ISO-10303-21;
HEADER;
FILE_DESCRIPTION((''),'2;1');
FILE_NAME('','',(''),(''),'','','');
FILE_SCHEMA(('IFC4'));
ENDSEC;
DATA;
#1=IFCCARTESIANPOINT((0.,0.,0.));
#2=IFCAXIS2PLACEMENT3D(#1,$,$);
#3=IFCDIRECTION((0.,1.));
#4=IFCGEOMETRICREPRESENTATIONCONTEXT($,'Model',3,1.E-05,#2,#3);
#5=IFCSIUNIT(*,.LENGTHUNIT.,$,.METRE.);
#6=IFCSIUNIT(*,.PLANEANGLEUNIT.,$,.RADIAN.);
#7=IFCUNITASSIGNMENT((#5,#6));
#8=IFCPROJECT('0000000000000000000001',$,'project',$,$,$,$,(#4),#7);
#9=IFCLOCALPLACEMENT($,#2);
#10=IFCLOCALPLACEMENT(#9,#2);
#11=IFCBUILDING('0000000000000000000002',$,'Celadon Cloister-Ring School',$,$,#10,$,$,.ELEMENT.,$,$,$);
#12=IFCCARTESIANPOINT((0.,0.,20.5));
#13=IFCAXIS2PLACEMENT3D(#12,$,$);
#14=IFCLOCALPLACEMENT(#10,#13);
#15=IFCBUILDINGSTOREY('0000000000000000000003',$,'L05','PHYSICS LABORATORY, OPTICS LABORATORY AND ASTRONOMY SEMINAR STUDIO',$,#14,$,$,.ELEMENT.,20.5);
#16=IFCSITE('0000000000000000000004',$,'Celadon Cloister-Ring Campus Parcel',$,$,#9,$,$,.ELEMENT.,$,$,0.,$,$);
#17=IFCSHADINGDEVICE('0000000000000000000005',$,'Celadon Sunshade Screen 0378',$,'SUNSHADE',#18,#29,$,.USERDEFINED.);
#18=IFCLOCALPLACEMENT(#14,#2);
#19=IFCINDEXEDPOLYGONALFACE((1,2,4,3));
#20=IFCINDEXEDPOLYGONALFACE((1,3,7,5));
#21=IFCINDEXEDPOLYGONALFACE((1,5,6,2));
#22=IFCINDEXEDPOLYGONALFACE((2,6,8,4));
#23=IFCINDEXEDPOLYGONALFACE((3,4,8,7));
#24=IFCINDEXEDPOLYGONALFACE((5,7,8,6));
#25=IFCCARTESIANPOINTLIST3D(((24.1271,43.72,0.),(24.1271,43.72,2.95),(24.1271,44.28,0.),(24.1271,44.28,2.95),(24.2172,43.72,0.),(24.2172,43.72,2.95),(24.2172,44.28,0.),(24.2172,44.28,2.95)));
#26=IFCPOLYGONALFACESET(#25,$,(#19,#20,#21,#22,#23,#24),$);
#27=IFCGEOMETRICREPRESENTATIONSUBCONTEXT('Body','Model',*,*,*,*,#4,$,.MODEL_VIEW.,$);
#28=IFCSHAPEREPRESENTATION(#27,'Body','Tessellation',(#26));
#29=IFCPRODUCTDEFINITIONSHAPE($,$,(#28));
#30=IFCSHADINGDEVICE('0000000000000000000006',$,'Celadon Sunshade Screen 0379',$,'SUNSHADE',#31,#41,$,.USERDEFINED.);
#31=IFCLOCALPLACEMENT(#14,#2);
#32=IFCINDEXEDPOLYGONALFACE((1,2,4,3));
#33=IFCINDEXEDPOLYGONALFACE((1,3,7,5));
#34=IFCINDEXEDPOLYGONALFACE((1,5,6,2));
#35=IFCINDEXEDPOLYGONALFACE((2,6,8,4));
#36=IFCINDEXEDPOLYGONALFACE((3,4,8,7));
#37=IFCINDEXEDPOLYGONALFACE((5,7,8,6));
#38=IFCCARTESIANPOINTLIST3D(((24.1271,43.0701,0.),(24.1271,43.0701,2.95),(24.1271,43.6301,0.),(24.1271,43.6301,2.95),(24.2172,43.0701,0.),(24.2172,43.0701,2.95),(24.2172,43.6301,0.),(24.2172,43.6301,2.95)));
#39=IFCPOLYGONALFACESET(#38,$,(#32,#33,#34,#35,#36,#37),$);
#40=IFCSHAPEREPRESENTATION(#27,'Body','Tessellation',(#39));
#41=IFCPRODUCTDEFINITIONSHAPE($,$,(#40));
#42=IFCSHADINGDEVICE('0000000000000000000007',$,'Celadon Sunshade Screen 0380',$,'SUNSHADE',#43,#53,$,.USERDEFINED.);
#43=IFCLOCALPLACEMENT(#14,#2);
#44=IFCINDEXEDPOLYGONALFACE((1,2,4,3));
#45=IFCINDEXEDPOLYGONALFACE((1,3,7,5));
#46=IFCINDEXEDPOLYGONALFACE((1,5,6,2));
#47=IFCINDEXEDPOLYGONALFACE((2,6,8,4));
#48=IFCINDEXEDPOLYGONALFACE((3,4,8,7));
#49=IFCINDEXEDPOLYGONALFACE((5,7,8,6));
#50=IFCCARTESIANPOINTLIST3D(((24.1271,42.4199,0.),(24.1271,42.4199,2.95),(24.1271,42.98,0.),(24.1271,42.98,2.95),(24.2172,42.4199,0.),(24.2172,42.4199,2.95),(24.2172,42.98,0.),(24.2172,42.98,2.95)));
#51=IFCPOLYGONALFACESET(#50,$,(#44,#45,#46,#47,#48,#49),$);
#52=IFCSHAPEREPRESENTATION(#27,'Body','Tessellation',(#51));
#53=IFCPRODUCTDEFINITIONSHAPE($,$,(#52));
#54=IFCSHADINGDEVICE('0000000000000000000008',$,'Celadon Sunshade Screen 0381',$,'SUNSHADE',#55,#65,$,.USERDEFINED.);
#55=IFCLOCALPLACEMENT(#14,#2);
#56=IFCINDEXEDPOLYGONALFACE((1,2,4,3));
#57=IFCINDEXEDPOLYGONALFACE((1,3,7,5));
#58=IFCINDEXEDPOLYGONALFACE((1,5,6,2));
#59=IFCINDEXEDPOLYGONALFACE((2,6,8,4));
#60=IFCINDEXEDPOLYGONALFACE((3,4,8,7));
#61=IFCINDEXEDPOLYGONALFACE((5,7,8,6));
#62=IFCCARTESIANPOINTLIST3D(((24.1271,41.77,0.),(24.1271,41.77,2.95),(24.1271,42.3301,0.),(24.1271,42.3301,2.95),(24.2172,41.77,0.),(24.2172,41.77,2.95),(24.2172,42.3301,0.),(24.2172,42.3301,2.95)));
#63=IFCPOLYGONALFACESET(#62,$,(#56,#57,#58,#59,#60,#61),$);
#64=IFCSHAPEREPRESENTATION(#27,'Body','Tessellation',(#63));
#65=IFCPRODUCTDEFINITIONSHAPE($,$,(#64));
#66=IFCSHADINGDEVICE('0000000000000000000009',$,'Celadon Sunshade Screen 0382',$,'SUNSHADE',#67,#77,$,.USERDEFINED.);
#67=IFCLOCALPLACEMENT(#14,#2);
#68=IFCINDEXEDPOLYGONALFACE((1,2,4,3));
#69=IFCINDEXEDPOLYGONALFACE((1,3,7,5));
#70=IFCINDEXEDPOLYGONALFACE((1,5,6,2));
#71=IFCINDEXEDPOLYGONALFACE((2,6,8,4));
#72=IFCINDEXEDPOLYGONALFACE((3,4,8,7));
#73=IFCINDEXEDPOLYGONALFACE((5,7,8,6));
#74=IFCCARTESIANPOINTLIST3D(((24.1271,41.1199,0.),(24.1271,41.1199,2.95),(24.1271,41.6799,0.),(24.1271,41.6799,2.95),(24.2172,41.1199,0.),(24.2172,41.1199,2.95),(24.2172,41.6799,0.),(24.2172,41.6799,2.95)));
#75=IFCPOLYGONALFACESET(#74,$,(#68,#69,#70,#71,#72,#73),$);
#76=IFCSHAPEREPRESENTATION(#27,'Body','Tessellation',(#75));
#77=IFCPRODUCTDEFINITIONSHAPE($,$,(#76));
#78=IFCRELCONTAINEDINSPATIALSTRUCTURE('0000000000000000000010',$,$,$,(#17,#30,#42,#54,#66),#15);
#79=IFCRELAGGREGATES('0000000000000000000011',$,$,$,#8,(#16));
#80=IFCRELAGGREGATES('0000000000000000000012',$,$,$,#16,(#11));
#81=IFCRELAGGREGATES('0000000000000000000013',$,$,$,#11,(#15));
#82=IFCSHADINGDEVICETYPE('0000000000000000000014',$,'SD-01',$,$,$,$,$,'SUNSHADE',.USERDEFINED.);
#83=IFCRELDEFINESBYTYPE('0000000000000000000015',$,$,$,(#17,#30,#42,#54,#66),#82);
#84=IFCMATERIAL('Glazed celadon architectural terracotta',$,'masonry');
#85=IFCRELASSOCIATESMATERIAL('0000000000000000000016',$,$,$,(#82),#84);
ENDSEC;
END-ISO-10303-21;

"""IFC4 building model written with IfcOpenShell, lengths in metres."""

from ifc_helpers import new_model, si_unit, direction, frame, origin, origin_2d, place, context, subcontext, project, spatial, rectangle, extrude, material, type_object, element, save


model = new_model("IFC4")

# Units and contexts
model_context = context("Model", 3, precision=1e-05, world=origin(), true_north=direction((0.0, 1.0)))
body_context = subcontext(model_context, "Body", "Model", "MODEL_VIEW")
ifc_project = project(units=[si_unit("LENGTHUNIT", "METRE"), si_unit("PLANEANGLEUNIT", "RADIAN")], contexts=[model_context])

# Site, building, storey
site_placement = place(None, origin())
site = spatial("IfcSite", under=ifc_project, at=site_placement, Name="Celadon Cloister-Ring Campus Parcel", CompositionType="ELEMENT", RefElevation=0.0)
building_placement = place(site_placement, origin())
building = spatial("IfcBuilding", under=site, at=building_placement, Name="Celadon Cloister-Ring School", CompositionType="ELEMENT")
storey_placement = place(building_placement, frame((0.0, 0.0, 20.5)))
storey = spatial("IfcBuildingStorey", under=building, at=storey_placement, Name="L05", Description="PHYSICS LABORATORY, OPTICS LABORATORY AND ASTRONOMY SEMINAR STUDIO", CompositionType="ELEMENT", Elevation=20.5)

# Shading devices
ifc_material_1 = material(Name="Glazed celadon architectural terracotta", Category="masonry")
shading_device_type = type_object("IfcShadingDeviceType", Name="SD-01", ElementType="SUNSHADE", PredefinedType="USERDEFINED", material=ifc_material_1)
for number, where, z_axis, x_axis, name in (
    (1, (24.1721, 44.0, 0.0), (0.0, 0.0, 1.0), (0.0, -1.0, 0.0), "Celadon Sunshade Screen 0378"),
    (2, (24.1721, 43.3501, 0.0), (0.0, 0.0, 1.0), (0.0, -1.0, 0.0), "Celadon Sunshade Screen 0379"),
    (3, (24.1721, 42.7, 0.0), (0.0, 0.0, 1.0), (0.0, -1.0, 0.0), "Celadon Sunshade Screen 0380"),
    (4, (24.1721, 42.05, 0.0), (0.0, 0.0, 1.0), (0.0, -1.0, 0.0), "Celadon Sunshade Screen 0381"),
    (5, (24.1721, 41.3999, 0.0), (0.0, 0.0, 1.0), (0.0, -1.0, 0.0), "Celadon Sunshade Screen 0382"),
):
    element("IfcShadingDevice", number, at=place(storey_placement, frame(where, z_axis=z_axis, x_axis=x_axis)), inside=storey, type_object=shading_device_type, Name=name, ObjectType="SUNSHADE", PredefinedType="USERDEFINED", context=body_context, shape_type="SweptSolid", body=[
        extrude(rectangle(XDim=0.5601, YDim=0.0901, at=origin_2d()), origin(), (0.0, 0.0, 1.0), 2.95),
    ])

save(model, "model.ifc")
